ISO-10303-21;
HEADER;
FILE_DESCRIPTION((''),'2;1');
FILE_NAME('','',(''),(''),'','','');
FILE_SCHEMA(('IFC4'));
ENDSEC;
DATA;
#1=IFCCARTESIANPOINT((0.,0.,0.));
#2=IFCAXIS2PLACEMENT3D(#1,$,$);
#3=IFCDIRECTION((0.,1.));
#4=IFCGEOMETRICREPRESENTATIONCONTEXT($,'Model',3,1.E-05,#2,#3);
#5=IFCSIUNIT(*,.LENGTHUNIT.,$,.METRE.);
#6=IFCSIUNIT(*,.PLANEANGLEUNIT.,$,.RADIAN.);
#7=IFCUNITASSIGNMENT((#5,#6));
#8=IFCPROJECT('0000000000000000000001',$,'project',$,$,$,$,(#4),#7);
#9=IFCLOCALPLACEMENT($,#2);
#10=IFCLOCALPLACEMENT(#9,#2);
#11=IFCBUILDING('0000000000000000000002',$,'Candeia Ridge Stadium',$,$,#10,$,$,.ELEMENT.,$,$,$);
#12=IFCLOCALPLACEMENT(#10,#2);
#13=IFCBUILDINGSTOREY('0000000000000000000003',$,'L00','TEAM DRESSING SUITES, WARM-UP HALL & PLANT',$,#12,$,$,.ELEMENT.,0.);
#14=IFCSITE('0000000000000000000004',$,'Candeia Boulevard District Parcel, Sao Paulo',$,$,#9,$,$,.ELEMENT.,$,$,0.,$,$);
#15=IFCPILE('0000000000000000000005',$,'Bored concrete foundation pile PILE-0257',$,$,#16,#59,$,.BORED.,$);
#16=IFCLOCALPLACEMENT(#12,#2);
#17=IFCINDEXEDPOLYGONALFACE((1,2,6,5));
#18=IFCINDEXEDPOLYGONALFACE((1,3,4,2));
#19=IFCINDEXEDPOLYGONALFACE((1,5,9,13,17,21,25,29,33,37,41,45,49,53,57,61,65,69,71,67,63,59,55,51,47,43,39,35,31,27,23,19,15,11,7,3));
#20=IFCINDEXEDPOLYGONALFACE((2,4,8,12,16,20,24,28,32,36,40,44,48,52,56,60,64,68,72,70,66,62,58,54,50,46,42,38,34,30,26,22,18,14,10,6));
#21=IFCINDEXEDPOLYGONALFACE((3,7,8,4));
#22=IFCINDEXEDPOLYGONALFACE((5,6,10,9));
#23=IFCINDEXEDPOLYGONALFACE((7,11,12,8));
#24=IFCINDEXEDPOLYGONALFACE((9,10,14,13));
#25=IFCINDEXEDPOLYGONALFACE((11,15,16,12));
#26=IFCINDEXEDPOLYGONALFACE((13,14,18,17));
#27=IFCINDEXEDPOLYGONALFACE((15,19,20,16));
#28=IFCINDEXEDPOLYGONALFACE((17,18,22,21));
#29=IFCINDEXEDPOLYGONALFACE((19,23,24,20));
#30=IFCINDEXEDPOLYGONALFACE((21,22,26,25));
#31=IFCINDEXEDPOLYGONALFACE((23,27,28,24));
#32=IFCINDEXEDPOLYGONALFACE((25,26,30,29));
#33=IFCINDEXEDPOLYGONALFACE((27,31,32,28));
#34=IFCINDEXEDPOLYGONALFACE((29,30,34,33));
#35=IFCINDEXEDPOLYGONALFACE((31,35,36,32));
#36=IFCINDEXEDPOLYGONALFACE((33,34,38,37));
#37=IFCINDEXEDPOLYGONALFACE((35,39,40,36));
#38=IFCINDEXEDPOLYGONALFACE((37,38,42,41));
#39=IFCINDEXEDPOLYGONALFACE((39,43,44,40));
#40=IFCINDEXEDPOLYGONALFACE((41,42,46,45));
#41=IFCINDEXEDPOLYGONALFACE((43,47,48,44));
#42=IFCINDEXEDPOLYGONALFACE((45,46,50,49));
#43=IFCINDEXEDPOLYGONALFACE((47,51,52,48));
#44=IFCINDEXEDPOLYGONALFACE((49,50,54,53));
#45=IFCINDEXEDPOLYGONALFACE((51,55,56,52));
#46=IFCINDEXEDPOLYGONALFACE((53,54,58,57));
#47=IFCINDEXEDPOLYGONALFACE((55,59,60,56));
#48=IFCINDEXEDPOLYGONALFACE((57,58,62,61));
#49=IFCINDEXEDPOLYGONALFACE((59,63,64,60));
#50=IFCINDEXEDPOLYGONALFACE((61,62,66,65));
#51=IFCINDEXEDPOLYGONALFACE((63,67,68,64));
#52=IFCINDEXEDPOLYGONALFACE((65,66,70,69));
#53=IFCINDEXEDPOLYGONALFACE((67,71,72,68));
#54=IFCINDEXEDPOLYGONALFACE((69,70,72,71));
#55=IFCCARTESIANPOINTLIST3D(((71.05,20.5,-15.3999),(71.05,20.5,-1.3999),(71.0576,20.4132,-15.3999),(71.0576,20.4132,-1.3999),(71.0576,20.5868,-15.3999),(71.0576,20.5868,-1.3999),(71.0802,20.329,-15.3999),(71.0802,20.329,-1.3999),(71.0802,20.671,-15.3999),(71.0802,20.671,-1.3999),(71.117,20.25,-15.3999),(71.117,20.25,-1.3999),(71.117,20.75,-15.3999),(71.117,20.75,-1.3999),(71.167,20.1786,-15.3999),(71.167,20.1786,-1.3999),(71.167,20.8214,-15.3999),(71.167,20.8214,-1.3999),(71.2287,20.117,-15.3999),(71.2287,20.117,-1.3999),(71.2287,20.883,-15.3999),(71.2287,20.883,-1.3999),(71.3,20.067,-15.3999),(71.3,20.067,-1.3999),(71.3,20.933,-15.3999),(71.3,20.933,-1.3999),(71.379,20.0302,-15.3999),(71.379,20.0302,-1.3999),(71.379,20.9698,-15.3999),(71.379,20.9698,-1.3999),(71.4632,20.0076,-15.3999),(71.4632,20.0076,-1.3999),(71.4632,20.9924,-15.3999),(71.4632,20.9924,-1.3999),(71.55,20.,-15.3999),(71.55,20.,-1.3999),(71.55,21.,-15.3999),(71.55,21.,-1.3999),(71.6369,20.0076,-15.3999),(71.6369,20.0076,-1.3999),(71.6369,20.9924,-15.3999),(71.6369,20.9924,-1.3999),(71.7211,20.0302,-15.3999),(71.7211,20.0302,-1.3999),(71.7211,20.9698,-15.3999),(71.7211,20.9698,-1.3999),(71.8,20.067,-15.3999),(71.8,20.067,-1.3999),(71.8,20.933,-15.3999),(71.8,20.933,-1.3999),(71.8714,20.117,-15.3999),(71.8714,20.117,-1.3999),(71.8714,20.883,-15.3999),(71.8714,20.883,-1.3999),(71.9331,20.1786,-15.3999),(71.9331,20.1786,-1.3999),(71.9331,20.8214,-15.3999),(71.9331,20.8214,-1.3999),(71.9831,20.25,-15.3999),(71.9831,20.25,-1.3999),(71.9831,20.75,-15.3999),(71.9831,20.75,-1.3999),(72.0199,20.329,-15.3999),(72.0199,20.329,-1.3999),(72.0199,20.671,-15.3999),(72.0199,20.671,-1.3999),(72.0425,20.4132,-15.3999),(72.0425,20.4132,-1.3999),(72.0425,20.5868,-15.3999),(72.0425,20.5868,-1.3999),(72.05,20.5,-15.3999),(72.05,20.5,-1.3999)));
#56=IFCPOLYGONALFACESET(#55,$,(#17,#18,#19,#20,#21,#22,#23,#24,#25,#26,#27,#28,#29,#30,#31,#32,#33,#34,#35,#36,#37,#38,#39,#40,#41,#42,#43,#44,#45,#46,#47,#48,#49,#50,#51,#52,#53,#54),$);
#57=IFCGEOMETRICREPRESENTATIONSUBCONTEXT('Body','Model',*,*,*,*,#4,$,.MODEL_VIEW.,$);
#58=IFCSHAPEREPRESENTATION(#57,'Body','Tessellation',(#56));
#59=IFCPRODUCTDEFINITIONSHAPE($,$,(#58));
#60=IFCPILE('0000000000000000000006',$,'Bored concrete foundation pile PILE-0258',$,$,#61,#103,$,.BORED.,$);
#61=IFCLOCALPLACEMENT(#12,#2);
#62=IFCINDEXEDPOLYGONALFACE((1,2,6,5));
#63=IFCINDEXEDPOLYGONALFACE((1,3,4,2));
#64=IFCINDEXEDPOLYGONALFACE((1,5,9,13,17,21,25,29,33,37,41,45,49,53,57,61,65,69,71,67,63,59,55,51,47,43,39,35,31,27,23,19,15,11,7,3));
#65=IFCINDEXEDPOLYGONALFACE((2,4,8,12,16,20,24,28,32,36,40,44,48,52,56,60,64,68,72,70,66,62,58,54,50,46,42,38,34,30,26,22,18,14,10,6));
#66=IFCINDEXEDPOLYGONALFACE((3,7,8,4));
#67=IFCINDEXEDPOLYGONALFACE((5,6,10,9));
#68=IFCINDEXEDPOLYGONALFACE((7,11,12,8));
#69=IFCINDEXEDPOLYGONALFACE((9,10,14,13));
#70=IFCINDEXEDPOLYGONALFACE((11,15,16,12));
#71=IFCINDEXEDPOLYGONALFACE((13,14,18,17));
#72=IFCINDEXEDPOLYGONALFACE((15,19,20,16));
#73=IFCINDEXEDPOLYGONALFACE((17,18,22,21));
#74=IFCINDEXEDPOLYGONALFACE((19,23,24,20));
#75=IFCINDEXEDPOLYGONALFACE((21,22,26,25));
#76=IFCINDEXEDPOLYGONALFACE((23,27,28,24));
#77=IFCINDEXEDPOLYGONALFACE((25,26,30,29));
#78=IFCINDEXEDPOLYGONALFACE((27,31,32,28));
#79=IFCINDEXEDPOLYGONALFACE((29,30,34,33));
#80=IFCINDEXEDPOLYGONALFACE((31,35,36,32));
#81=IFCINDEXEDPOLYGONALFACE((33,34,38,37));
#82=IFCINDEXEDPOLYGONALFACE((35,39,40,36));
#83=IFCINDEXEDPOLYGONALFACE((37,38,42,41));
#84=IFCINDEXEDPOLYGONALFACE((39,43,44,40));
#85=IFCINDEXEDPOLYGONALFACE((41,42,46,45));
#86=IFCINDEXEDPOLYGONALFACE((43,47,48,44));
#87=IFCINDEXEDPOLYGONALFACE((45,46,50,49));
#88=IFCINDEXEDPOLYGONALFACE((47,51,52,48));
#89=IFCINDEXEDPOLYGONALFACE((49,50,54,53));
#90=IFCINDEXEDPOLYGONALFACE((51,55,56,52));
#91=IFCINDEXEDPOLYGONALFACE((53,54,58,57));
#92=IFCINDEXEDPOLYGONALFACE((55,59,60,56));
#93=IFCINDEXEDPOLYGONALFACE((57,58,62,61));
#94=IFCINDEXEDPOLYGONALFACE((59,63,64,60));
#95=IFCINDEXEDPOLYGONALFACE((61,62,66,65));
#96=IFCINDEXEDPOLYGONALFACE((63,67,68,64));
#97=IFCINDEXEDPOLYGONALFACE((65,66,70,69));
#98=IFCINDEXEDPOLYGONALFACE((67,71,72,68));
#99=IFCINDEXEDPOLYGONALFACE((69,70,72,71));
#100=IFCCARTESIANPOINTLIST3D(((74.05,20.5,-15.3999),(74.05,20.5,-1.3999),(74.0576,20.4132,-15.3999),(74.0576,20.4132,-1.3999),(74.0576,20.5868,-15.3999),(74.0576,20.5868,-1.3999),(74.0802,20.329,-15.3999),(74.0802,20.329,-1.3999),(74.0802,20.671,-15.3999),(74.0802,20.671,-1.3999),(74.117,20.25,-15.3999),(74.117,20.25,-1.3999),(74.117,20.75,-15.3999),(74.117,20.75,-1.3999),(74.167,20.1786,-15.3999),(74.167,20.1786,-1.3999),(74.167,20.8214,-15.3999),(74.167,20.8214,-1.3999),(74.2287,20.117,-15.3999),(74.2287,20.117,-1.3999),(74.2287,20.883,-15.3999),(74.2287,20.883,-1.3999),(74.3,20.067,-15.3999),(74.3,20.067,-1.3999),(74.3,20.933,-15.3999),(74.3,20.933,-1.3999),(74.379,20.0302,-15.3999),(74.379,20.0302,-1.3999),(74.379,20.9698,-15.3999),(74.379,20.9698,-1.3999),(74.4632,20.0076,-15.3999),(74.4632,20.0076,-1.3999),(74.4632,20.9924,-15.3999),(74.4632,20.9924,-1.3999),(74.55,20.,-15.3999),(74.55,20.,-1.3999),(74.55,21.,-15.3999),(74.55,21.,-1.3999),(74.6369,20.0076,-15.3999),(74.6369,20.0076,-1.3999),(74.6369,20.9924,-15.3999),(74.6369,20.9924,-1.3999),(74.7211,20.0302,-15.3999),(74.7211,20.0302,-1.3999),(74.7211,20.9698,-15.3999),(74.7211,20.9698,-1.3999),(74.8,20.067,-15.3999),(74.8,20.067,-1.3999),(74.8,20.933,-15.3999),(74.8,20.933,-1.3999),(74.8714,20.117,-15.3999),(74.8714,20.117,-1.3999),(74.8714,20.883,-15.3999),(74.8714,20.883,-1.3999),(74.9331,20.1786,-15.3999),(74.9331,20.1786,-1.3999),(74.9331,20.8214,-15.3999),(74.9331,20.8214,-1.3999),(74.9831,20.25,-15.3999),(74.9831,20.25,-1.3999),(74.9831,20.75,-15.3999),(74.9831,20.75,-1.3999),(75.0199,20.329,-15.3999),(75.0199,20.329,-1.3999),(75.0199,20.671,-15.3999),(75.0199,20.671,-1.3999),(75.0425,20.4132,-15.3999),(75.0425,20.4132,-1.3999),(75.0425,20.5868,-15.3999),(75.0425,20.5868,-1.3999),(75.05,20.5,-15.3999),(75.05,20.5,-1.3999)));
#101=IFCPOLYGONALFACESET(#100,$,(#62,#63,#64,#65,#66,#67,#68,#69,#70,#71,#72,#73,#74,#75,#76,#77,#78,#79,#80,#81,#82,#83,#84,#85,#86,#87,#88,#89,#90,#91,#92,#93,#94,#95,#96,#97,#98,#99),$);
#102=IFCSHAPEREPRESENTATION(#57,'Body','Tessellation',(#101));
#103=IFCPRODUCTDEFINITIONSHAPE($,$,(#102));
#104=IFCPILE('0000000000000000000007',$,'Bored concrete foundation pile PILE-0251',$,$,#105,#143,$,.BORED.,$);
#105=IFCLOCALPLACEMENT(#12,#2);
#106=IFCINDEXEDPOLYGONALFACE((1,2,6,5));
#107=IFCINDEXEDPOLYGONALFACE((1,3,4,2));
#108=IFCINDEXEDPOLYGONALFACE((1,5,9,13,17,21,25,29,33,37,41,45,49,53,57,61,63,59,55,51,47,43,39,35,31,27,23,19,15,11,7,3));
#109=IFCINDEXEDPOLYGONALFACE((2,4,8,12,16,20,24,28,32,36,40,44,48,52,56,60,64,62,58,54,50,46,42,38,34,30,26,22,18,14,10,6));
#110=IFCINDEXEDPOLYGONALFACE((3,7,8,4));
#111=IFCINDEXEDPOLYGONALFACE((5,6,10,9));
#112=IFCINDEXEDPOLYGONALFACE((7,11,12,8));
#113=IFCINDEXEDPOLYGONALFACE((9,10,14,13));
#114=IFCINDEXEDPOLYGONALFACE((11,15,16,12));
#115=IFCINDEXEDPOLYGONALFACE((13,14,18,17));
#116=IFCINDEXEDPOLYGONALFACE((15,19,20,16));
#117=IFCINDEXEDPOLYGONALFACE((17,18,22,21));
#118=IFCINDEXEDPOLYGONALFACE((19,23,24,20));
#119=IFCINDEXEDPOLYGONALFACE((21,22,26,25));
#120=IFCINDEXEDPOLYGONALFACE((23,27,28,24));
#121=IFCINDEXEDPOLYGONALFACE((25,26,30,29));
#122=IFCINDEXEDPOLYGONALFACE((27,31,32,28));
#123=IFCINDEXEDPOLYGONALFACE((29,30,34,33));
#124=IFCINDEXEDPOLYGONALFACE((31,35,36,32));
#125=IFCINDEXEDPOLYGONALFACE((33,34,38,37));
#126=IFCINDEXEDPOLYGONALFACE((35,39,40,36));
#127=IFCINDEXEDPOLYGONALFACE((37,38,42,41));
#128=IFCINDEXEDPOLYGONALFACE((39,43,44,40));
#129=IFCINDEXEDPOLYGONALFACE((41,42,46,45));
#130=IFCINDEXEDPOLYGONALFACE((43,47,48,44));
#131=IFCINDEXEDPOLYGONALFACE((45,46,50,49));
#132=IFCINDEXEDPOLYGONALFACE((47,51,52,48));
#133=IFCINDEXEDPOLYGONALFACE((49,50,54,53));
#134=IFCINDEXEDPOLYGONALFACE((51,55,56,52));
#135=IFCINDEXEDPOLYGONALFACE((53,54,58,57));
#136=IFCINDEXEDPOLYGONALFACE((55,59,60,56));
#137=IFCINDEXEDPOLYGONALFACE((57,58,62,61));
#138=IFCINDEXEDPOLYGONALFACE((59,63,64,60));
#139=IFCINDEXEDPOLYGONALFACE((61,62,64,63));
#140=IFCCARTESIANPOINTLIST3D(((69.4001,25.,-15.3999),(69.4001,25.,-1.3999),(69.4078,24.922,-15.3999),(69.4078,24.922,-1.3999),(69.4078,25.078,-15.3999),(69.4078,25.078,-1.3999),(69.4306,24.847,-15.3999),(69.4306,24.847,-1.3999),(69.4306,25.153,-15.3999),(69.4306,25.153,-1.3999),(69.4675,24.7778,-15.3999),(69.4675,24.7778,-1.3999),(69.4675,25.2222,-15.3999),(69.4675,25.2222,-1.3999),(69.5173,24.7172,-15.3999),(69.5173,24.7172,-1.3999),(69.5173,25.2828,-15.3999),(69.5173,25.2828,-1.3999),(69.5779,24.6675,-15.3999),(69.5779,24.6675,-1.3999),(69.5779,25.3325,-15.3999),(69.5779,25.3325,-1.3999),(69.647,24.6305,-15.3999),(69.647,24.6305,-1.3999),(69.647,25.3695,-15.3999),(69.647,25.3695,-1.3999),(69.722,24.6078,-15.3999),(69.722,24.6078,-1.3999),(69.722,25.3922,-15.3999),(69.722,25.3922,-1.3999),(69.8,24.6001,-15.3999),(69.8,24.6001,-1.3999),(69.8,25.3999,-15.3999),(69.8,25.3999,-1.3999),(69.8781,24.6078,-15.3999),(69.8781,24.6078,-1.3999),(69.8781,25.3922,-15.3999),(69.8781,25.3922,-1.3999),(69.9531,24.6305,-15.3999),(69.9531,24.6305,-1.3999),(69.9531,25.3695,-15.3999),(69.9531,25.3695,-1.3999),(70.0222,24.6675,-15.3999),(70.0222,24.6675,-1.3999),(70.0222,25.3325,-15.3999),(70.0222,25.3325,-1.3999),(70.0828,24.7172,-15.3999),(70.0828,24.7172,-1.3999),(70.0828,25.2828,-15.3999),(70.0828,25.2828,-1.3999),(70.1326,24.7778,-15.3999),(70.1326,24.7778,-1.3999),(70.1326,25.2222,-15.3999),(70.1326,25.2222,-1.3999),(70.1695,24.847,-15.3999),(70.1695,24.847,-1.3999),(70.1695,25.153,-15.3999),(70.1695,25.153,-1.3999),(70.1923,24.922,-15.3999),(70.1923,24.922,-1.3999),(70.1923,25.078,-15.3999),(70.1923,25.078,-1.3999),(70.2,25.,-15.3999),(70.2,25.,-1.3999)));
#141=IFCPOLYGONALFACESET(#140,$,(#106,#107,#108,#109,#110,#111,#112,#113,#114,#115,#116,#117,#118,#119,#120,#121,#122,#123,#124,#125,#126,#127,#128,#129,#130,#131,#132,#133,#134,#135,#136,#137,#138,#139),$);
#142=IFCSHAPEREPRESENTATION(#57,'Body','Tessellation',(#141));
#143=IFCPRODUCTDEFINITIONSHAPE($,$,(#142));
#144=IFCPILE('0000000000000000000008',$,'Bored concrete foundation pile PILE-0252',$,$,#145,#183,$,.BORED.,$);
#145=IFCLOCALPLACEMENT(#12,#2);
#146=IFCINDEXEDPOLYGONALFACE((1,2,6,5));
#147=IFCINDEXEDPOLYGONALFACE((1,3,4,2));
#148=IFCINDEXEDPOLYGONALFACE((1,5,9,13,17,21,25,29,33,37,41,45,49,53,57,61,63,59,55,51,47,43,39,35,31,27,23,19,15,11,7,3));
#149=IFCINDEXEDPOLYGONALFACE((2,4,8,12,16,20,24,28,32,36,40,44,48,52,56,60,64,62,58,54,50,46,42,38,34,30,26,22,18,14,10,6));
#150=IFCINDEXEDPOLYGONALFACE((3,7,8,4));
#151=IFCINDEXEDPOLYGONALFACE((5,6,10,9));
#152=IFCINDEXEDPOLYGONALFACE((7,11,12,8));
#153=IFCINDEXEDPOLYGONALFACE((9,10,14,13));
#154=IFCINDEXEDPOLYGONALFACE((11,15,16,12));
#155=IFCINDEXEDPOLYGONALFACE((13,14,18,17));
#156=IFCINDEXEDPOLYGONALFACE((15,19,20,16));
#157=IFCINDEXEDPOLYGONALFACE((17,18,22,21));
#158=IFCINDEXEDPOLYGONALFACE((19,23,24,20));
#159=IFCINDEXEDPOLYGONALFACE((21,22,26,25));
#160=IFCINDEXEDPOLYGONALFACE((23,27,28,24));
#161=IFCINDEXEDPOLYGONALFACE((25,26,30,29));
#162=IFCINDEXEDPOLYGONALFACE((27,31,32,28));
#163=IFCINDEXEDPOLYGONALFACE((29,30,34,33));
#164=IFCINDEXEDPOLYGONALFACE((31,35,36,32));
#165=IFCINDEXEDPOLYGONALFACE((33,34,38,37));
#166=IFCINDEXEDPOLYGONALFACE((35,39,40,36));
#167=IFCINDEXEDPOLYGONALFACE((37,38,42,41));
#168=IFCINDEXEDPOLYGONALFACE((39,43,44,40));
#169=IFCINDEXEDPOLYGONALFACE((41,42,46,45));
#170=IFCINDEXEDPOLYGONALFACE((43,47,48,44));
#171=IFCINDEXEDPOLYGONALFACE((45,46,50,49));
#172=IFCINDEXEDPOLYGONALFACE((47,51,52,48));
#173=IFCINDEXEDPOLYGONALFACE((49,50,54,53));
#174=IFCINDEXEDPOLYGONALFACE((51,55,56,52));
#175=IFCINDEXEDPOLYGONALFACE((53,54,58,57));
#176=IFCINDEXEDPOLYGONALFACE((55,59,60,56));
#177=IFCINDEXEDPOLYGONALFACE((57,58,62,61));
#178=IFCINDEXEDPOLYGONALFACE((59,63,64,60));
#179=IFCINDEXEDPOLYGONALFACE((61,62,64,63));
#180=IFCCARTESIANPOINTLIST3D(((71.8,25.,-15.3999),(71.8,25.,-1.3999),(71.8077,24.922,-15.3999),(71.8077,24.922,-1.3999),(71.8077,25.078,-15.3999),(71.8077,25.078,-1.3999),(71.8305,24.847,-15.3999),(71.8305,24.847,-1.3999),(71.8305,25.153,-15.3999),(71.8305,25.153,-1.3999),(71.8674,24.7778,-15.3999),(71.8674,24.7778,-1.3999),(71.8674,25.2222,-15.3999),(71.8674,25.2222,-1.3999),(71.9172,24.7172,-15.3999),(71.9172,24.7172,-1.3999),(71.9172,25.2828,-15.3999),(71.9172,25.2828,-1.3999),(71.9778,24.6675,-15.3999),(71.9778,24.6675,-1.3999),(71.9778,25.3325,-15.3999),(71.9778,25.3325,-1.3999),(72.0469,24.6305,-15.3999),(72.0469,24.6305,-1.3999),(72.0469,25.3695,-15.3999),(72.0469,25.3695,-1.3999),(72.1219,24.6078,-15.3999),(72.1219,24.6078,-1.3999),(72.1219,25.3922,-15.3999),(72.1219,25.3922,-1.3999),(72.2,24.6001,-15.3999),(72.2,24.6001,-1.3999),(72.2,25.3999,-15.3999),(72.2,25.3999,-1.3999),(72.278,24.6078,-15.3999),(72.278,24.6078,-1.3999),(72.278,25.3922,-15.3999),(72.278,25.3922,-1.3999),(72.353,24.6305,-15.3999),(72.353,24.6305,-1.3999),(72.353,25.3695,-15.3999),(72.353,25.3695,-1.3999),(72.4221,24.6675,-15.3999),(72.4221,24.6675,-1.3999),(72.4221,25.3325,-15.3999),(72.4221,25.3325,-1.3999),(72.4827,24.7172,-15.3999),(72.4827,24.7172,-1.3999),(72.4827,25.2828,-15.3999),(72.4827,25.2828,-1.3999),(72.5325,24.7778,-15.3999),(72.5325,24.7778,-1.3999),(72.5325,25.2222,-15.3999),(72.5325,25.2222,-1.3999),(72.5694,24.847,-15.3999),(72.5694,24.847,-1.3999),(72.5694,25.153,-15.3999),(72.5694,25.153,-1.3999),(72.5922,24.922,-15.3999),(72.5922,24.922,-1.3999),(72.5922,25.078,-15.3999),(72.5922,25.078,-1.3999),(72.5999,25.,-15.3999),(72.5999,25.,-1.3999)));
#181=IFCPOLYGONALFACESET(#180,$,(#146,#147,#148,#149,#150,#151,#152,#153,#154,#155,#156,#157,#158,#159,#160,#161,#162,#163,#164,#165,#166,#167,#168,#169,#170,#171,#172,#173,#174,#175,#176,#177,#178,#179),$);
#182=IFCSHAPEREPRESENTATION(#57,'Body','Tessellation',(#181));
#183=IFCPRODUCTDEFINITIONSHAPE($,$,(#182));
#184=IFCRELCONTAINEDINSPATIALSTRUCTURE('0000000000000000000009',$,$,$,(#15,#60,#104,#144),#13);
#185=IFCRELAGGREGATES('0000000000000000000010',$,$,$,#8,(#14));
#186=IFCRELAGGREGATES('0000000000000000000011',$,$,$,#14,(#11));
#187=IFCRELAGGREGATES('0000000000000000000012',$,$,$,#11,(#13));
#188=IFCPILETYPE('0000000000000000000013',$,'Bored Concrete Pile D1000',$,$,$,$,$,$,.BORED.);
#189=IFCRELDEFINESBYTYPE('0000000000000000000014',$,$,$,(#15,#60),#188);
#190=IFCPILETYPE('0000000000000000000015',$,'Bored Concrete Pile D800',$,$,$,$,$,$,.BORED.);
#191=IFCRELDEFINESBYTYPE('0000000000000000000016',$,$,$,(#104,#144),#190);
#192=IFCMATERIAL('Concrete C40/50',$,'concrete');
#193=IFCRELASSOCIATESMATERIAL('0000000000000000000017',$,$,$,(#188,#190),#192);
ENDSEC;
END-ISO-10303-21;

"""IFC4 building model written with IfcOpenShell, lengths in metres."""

from ifc_helpers import new_model, si_unit, direction, frame, origin, origin_2d, place, context, subcontext, project, spatial, circle, extrude, material, material_profile, profile_set, type_object, element, save


model = new_model("IFC4")

# Units and contexts
model_context = context("Model", 3, precision=1e-05, world=origin(), true_north=direction((0.0, 1.0)))
body_context = subcontext(model_context, "Body", "Model", "MODEL_VIEW")
ifc_project = project(units=[si_unit("LENGTHUNIT", "METRE"), si_unit("PLANEANGLEUNIT", "RADIAN")], contexts=[model_context])

# Site, building, storey
site_placement = place(None, origin())
site = spatial("IfcSite", under=ifc_project, at=site_placement, Name="Candeia Boulevard District Parcel, Sao Paulo", CompositionType="ELEMENT", RefElevation=0.0)
building_placement = place(site_placement, origin())
building = spatial("IfcBuilding", under=site, at=building_placement, Name="Candeia Ridge Stadium", CompositionType="ELEMENT")
storey_placement = place(building_placement, origin())
storey = spatial("IfcBuildingStorey", under=building, at=storey_placement, Name="L00", Description="TEAM DRESSING SUITES, WARM-UP HALL & PLANT", CompositionType="ELEMENT", Elevation=0.0)

# Piles
ifc_material_1 = material(Name="Concrete C40/50", Category="concrete")
ifc_material_profile_1 = material_profile(ifc_material_1, circle(Radius=0.5, at=origin_2d()), Name="PILE-D1000", Category="concrete")
ifc_profile_set_1 = profile_set([ifc_material_profile_1], Name="Concrete C40/50")
pile_type_1 = type_object("IfcPileType", Name="Bored Concrete Pile D1000", PredefinedType="BORED", material=ifc_profile_set_1)
for number, where, z_axis, x_axis, name in (
    (1, (71.55, 20.5, -1.3999), (0.0, 0.0, -1.0), (1.0, 0.0, 0.0), "Bored concrete foundation pile PILE-0257"),
    (2, (74.55, 20.5, -1.3999), (0.0, 0.0, -1.0), (1.0, 0.0, 0.0), "Bored concrete foundation pile PILE-0258"),
):
    element("IfcPile", number, at=place(storey_placement, frame(where, z_axis=z_axis, x_axis=x_axis)), inside=storey, type_object=pile_type_1, Name=name, PredefinedType="BORED", context=body_context, shape_type="SweptSolid", body=[
        extrude(circle(Radius=0.5, at=origin_2d()), origin(), (0.0, 0.0, 1.0), 14.0),
    ])
ifc_material_profile_2 = material_profile(ifc_material_1, circle(Radius=0.3999, at=origin_2d()), Name="PILE-D800", Category="concrete")
ifc_profile_set_2 = profile_set([ifc_material_profile_2], Name="Concrete C40/50")
pile_type_2 = type_object("IfcPileType", Name="Bored Concrete Pile D800", PredefinedType="BORED", material=ifc_profile_set_2)
for number, where, z_axis, x_axis, name in (
    (3, (69.8, 25.0, -1.3999), (0.0, 0.0, -1.0), (1.0, 0.0, 0.0), "Bored concrete foundation pile PILE-0251"),
    (4, (72.2, 25.0, -1.3999), (0.0, 0.0, -1.0), (1.0, 0.0, 0.0), "Bored concrete foundation pile PILE-0252"),
):
    element("IfcPile", number, at=place(storey_placement, frame(where, z_axis=z_axis, x_axis=x_axis)), inside=storey, type_object=pile_type_2, Name=name, PredefinedType="BORED", context=body_context, shape_type="SweptSolid", body=[
        extrude(circle(Radius=0.3999, at=origin_2d()), origin(), (0.0, 0.0, 1.0), 14.0),
    ])

save(model, "model.ifc")
